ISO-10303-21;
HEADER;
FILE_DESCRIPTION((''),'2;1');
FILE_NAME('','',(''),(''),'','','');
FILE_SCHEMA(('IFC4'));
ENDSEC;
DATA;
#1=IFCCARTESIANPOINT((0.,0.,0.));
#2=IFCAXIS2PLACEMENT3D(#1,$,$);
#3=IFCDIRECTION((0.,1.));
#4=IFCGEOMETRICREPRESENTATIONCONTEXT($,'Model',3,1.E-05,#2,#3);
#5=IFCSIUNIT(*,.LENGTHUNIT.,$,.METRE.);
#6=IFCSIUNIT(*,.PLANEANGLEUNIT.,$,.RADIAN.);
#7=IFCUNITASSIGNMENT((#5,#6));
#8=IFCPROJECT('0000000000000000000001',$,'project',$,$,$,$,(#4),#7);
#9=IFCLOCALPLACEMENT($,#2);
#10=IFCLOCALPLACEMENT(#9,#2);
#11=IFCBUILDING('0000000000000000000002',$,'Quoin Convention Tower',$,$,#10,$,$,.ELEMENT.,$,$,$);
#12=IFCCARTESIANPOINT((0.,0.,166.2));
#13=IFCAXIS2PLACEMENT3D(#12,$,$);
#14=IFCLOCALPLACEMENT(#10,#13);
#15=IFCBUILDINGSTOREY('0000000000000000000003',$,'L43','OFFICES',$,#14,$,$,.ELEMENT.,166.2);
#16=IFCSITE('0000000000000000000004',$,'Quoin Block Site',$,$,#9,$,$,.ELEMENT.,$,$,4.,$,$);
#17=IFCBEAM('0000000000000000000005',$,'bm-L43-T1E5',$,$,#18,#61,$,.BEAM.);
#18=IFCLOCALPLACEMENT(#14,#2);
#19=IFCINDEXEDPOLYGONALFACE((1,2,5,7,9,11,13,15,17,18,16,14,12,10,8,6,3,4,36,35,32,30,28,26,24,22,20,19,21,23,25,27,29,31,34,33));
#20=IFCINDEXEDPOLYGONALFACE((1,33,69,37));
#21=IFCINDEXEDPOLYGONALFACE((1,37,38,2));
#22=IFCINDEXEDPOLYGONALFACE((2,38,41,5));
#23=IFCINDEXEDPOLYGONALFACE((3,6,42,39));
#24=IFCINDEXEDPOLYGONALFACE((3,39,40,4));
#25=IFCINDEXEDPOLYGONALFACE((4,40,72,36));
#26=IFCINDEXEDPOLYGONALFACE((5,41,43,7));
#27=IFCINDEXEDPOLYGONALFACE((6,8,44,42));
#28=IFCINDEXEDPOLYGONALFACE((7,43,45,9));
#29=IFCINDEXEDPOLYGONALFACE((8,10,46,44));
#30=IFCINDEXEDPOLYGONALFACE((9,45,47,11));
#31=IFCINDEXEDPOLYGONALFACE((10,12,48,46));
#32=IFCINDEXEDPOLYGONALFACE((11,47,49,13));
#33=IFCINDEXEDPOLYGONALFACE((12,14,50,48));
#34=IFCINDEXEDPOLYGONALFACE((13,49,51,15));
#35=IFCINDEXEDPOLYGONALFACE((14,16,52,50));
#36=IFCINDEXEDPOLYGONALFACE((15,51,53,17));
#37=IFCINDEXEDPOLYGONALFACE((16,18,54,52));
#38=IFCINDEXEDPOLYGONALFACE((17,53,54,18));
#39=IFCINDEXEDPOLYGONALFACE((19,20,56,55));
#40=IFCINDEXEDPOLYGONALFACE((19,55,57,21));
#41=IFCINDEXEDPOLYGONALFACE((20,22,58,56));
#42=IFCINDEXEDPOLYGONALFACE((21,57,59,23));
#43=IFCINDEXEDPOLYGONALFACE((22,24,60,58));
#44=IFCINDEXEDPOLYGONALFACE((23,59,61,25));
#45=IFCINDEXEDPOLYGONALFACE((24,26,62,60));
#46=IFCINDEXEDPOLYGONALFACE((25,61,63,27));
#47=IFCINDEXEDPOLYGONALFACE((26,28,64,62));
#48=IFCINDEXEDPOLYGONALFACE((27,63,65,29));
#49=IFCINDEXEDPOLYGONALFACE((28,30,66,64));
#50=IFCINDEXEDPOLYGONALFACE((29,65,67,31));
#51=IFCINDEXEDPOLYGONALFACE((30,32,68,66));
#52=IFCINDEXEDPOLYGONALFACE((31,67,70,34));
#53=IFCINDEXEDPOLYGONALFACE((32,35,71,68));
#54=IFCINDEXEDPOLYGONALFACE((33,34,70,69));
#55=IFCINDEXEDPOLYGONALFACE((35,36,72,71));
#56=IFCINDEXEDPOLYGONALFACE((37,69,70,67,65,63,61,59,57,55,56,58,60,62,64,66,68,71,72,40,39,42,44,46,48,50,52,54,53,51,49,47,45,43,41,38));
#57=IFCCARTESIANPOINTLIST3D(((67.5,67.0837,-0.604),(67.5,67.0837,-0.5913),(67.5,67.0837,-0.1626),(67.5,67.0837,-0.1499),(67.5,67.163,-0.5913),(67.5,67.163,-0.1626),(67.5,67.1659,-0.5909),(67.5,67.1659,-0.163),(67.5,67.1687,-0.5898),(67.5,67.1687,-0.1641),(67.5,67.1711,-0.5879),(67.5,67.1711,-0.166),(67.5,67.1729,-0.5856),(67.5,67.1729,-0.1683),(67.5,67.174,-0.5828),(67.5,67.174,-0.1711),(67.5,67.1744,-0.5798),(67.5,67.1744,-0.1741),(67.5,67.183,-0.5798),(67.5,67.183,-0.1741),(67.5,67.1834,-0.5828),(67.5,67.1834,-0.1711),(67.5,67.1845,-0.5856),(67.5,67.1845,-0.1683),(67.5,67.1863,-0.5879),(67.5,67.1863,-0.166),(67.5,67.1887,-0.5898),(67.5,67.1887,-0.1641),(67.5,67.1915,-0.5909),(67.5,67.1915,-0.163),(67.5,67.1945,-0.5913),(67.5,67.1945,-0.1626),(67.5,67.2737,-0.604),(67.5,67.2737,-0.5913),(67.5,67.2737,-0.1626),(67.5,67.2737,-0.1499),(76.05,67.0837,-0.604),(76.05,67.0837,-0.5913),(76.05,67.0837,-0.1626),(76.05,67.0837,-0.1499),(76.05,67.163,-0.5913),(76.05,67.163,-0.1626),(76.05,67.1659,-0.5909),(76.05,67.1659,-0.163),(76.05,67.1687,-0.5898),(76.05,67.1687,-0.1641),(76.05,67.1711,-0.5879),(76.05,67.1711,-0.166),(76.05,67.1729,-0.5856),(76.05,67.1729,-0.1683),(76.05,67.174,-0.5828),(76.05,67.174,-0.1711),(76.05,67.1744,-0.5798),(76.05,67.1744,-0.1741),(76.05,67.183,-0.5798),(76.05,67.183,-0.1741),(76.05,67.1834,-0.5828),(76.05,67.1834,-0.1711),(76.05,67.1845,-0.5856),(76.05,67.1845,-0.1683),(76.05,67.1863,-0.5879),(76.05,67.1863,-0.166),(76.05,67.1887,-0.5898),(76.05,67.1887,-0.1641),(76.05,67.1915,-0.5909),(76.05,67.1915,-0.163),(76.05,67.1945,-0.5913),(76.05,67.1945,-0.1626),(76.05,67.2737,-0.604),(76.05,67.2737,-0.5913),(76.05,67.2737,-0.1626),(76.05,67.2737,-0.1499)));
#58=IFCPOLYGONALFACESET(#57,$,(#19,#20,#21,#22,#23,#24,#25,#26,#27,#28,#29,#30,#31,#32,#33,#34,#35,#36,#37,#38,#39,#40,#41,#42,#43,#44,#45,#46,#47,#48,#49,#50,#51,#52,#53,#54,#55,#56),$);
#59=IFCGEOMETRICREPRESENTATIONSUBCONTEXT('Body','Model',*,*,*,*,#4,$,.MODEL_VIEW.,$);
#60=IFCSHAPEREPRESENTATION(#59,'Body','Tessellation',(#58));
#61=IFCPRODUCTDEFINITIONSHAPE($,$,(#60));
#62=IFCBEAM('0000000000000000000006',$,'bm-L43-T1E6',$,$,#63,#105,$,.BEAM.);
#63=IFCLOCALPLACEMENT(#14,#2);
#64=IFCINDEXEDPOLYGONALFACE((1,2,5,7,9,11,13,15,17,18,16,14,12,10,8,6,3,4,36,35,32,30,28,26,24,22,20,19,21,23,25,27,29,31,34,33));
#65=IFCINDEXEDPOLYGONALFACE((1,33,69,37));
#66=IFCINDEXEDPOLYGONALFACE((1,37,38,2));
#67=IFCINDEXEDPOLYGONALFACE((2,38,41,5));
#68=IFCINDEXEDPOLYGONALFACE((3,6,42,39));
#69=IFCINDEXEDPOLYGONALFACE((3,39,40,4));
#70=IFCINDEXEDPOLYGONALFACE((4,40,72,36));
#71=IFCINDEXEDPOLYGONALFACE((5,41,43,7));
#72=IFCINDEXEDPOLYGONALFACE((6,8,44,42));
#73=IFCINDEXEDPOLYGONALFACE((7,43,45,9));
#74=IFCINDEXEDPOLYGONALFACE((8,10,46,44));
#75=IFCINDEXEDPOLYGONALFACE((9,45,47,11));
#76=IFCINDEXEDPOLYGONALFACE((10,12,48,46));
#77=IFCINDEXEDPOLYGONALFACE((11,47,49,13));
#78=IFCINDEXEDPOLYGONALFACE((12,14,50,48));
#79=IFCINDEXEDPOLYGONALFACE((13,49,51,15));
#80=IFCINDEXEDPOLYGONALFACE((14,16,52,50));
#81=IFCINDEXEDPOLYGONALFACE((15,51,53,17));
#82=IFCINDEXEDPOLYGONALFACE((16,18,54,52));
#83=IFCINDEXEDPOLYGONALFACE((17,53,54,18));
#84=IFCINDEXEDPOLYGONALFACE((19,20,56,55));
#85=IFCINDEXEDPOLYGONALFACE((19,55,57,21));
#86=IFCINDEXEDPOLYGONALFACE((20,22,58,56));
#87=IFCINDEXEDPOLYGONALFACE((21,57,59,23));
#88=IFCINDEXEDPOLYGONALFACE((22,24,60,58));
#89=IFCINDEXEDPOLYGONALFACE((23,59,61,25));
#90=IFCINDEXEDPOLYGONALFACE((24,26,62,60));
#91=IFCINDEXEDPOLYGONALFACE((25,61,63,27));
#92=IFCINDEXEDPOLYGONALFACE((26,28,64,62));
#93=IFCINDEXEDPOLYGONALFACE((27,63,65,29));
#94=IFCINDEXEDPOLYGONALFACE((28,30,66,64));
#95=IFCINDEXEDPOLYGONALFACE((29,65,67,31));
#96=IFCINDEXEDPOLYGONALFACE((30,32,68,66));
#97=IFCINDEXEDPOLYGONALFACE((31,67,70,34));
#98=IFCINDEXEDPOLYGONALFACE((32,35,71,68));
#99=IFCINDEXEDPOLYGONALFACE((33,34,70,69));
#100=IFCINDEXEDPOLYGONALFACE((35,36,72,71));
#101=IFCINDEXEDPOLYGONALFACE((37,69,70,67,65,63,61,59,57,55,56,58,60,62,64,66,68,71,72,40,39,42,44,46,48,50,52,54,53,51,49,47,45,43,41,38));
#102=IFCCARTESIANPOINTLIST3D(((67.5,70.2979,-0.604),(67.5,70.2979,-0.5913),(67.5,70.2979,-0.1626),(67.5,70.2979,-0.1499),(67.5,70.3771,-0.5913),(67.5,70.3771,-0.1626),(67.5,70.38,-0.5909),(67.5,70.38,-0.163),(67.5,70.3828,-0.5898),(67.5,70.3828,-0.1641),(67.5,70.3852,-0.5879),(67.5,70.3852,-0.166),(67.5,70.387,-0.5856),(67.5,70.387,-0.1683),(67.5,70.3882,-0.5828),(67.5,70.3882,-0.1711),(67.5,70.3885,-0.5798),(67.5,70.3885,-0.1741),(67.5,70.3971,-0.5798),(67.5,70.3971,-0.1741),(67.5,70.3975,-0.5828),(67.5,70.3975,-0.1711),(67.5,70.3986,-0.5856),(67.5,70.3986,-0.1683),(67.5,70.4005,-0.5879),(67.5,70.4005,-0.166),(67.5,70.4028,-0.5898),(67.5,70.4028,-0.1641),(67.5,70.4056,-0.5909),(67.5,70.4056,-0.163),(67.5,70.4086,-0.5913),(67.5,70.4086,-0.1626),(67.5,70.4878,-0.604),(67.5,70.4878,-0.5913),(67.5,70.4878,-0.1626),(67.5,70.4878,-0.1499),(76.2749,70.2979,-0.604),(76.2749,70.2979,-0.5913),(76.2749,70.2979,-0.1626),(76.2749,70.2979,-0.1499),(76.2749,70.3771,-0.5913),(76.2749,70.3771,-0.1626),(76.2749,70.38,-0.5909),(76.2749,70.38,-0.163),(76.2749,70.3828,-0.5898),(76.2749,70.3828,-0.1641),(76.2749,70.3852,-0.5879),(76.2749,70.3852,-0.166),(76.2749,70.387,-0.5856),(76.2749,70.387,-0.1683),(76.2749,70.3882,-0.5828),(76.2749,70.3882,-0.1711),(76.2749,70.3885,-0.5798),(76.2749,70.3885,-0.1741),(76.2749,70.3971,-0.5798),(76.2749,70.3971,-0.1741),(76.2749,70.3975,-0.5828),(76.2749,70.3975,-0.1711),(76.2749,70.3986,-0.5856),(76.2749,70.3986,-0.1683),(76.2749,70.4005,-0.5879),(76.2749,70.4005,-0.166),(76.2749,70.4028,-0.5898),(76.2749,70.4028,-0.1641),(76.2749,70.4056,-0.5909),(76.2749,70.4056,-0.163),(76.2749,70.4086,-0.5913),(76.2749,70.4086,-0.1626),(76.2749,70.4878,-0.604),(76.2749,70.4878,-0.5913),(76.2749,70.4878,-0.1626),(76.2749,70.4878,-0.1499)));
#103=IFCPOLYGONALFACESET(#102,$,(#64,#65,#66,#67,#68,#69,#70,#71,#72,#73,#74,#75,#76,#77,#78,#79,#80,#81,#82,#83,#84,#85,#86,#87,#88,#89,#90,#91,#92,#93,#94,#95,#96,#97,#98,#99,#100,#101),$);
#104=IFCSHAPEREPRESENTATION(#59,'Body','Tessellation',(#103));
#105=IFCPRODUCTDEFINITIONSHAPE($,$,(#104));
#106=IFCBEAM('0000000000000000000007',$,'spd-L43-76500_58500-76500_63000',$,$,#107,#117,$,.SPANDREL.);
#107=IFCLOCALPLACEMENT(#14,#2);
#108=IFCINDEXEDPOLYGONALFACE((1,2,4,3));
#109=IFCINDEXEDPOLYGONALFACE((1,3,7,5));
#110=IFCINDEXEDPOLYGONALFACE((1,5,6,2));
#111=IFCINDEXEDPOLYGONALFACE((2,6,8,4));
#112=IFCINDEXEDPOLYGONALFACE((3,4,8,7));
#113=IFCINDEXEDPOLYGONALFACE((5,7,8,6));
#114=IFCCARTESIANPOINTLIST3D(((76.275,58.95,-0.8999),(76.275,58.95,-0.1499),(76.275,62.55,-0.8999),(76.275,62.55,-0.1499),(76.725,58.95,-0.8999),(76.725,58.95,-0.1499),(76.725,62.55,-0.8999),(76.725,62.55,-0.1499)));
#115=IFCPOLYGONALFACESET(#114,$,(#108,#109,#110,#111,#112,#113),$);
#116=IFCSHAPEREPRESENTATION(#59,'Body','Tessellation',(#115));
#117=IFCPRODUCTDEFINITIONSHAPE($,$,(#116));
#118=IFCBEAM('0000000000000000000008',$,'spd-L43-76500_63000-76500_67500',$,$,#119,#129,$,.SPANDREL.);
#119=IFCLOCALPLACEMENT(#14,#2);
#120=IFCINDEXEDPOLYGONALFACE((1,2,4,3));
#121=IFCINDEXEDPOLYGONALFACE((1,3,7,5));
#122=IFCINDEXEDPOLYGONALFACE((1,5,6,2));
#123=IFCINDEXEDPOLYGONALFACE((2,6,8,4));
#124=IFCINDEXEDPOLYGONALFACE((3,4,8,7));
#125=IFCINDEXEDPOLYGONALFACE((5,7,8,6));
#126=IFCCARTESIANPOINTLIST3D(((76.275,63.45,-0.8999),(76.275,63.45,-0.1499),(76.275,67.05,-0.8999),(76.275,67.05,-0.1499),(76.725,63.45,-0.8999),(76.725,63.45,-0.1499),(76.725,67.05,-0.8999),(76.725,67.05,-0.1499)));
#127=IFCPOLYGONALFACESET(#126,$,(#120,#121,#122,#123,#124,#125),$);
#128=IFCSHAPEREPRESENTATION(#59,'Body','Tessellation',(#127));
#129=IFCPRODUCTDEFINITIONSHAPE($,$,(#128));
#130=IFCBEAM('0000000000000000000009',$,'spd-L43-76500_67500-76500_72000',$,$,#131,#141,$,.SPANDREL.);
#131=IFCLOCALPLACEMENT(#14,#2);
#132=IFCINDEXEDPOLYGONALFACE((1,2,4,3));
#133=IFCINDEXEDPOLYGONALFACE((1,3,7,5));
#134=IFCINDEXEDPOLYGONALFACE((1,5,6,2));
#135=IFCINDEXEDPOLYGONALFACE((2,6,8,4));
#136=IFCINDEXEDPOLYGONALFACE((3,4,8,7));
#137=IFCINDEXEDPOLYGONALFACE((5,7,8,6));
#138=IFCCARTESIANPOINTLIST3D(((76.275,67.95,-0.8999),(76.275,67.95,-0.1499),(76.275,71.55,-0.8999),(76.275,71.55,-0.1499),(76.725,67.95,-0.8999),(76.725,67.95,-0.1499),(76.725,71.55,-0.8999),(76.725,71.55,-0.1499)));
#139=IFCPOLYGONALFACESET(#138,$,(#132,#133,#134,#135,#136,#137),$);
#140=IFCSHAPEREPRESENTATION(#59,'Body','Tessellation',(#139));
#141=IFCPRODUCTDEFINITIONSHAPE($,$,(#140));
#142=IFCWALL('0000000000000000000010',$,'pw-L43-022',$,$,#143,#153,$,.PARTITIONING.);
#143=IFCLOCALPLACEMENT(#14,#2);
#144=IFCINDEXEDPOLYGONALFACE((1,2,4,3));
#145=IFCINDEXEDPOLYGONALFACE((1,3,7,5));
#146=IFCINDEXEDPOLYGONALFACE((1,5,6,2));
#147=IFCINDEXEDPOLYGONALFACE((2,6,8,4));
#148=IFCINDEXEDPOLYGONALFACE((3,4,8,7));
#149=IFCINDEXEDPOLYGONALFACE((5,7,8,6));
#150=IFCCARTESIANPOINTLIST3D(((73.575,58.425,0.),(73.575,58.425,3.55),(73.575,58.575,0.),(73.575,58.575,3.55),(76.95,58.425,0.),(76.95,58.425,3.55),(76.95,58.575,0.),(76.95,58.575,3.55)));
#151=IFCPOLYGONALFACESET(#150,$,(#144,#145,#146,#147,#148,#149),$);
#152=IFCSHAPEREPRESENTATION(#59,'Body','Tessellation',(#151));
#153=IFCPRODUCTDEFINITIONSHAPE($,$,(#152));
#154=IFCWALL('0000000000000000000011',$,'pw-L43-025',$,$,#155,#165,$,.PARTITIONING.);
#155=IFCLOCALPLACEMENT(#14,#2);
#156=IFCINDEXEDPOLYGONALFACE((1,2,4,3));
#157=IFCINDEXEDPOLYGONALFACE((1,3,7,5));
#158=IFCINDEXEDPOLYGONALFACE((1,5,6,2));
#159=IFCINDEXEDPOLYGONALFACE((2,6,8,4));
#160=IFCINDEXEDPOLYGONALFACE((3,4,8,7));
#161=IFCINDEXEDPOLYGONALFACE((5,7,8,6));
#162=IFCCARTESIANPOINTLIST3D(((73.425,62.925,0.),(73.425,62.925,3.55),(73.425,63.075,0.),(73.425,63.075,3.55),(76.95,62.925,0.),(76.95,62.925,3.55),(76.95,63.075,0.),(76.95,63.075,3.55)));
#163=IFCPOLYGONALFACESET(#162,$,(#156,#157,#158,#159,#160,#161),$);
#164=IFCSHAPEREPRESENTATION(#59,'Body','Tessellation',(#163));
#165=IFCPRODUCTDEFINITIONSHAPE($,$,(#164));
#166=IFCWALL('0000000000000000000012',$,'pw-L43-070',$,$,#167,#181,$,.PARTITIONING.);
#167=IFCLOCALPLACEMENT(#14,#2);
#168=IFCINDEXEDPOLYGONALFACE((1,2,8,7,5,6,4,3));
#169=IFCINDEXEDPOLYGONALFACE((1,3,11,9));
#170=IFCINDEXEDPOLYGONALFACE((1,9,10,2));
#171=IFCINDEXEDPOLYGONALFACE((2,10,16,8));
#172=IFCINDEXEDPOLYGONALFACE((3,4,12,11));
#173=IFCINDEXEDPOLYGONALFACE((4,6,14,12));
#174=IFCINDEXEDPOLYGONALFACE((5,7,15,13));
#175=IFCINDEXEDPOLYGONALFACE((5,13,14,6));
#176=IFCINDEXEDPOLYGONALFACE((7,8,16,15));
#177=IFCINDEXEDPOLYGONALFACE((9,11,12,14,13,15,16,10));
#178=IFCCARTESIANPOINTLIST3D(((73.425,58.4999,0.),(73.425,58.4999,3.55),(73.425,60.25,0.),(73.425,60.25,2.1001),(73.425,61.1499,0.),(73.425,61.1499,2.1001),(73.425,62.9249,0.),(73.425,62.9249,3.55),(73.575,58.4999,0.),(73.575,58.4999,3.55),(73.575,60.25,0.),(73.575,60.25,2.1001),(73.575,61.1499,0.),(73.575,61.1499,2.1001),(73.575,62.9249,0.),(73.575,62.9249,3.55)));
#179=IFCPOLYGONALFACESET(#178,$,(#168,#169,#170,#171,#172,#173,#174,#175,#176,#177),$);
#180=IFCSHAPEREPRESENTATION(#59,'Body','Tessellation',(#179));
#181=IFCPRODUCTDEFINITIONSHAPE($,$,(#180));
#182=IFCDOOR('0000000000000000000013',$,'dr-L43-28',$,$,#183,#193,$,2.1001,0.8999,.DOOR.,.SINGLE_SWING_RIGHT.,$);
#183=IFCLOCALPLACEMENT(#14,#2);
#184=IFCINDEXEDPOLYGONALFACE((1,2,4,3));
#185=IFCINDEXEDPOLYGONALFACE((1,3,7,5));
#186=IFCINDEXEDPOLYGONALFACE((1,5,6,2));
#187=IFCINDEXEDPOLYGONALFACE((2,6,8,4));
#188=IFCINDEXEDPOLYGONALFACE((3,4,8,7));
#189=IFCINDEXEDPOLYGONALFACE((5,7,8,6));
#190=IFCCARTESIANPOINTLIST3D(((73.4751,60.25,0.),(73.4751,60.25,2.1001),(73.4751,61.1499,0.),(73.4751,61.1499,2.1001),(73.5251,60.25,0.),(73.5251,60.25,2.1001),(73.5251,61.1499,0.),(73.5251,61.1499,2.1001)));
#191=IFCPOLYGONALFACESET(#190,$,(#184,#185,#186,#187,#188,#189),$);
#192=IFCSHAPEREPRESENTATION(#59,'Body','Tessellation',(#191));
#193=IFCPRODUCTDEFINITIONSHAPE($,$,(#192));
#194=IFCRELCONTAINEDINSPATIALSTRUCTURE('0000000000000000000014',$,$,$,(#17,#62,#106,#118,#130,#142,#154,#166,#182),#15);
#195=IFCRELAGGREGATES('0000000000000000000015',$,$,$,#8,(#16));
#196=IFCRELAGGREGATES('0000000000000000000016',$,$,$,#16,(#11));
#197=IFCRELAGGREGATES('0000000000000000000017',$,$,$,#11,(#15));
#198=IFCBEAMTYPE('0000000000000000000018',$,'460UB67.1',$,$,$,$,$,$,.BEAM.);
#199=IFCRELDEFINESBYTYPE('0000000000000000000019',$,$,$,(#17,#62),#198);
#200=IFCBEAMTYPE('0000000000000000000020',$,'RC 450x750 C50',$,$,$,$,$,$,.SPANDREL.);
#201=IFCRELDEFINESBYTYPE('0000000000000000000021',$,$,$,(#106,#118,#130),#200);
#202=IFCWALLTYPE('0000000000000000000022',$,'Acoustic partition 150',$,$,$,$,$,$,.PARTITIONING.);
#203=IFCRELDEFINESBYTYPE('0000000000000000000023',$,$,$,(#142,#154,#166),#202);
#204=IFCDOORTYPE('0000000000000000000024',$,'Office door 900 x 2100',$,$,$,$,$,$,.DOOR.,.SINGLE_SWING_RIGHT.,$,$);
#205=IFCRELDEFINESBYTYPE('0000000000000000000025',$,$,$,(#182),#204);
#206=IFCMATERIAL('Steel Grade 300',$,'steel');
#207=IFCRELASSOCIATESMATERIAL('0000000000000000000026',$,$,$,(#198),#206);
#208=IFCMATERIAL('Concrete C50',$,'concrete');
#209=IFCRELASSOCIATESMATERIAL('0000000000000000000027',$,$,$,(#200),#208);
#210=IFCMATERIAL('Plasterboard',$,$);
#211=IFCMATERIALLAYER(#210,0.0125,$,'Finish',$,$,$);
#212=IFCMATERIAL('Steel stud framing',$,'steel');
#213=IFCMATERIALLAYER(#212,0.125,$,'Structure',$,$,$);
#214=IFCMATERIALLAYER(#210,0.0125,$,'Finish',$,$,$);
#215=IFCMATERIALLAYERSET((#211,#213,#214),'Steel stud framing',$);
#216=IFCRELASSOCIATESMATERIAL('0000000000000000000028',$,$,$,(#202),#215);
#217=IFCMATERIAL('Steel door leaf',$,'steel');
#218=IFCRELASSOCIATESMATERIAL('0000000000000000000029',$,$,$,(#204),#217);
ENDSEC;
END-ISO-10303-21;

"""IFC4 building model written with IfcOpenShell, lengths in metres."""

from ifc_helpers import new_model, si_unit, direction, frame, frame_2d, origin, origin_2d, place, context, subcontext, project, spatial, rectangle, i_section, extrude, material, layer, layer_set, material_profile, profile_set, type_object, element, fill, save


model = new_model("IFC4")

# Units and contexts
model_context = context("Model", 3, precision=1e-05, world=origin(), true_north=direction((0.0, 1.0)))
body_context = subcontext(model_context, "Body", "Model", "MODEL_VIEW")
ifc_project = project(units=[si_unit("LENGTHUNIT", "METRE"), si_unit("PLANEANGLEUNIT", "RADIAN")], contexts=[model_context])

# Site, building, storey
site_placement = place(None, origin())
site = spatial("IfcSite", under=ifc_project, at=site_placement, Name="Quoin Block Site", CompositionType="ELEMENT", RefElevation=4.0)
building_placement = place(site_placement, origin())
building = spatial("IfcBuilding", under=site, at=building_placement, Name="Quoin Convention Tower", CompositionType="ELEMENT")
storey_placement = place(building_placement, frame((0.0, 0.0, 166.2)))
storey = spatial("IfcBuildingStorey", under=building, at=storey_placement, Name="L43", Description="OFFICES", CompositionType="ELEMENT", Elevation=166.2)

# Shared definitions
ifc_material_1 = material(Name="Concrete C50", Category="concrete")

# Beams
ifc_material_2 = material(Name="Steel Grade 300", Category="steel")
ifc_material_profile_1 = material_profile(ifc_material_2, i_section(OverallWidth=0.1899, OverallDepth=0.4541, WebThickness=0.0085, FlangeThickness=0.0127, FilletRadius=0.0115, at=origin_2d()), Name="460UB67.1")
ifc_profile_set_1 = profile_set([ifc_material_profile_1], Name="Steel Grade 300")
beam_type_1 = type_object("IfcBeamType", Name="460UB67.1", PredefinedType="BEAM", material=ifc_profile_set_1)
beam_1_placement = place(storey_placement, frame((67.5, 67.1787, -0.377), z_axis=(1.0, 0.0, 0.0), x_axis=(0.0, 1.0, 0.0)))
element("IfcBeam", 1, at=beam_1_placement, inside=storey, type_object=beam_type_1, Name="bm-L43-T1E5", PredefinedType="BEAM", context=body_context, shape_type="SweptSolid", body=[
    extrude(i_section(OverallWidth=0.1899, OverallDepth=0.4541, WebThickness=0.0085, FlangeThickness=0.0127, FilletRadius=0.0115, at=origin_2d()), origin(), (0.0, 0.0, 1.0), 8.55),
])
beam_2_placement = place(storey_placement, frame((67.5, 70.3928, -0.377), z_axis=(1.0, 0.0, 0.0), x_axis=(0.0, 1.0, 0.0)))
element("IfcBeam", 2, at=beam_2_placement, inside=storey, type_object=beam_type_1, Name="bm-L43-T1E6", PredefinedType="BEAM", context=body_context, shape_type="SweptSolid", body=[
    extrude(i_section(OverallWidth=0.1899, OverallDepth=0.4541, WebThickness=0.0085, FlangeThickness=0.0127, FilletRadius=0.0115, at=origin_2d()), origin(), (0.0, 0.0, 1.0), 8.7749),
])
ifc_material_profile_2 = material_profile(ifc_material_1, rectangle(XDim=0.45, YDim=0.75, at=origin_2d()), Name="RC 450x750")
ifc_profile_set_2 = profile_set([ifc_material_profile_2], Name="Concrete C50")
beam_type_2 = type_object("IfcBeamType", Name="RC 450x750 C50", PredefinedType="SPANDREL", material=ifc_profile_set_2)
for number, where, z_axis, x_axis, name in (
    (3, (76.5, 58.95, -0.5249), (0.0, 1.0, 0.0), (-1.0, 0.0, 0.0), "spd-L43-76500_58500-76500_63000"),
    (4, (76.5, 63.45, -0.5249), (0.0, 1.0, 0.0), (-1.0, 0.0, 0.0), "spd-L43-76500_63000-76500_67500"),
    (5, (76.5, 67.95, -0.5249), (0.0, 1.0, 0.0), (-1.0, 0.0, 0.0), "spd-L43-76500_67500-76500_72000"),
):
    element("IfcBeam", number, at=place(storey_placement, frame(where, z_axis=z_axis, x_axis=x_axis)), inside=storey, type_object=beam_type_2, Name=name, PredefinedType="SPANDREL", context=body_context, shape_type="SweptSolid", body=[
        extrude(rectangle(XDim=0.45, YDim=0.75, at=origin_2d()), origin(), (0.0, 0.0, 1.0), 3.6001),
    ])

# Walls
ifc_material_3 = material(Name="Plasterboard")
ifc_layer_1 = layer(ifc_material_3, 0.0125, Name="Finish")
ifc_material_4 = material(Name="Steel stud framing", Category="steel")
ifc_layer_2 = layer(ifc_material_4, 0.125, Name="Structure")
ifc_layer_3 = layer(ifc_material_3, 0.0125, Name="Finish")
ifc_layer_set_1 = layer_set([ifc_layer_1, ifc_layer_2, ifc_layer_3], Name="Steel stud framing")
wall_type_1 = type_object("IfcWallType", Name="Acoustic partition 150", PredefinedType="PARTITIONING", material=ifc_layer_set_1)
wall_1_placement = place(storey_placement, frame((73.575, 58.5, 0.0), z_axis=(0.0, 0.0, 1.0), x_axis=(1.0, 0.0, 0.0)))
element("IfcWall", 6, at=wall_1_placement, inside=storey, type_object=wall_type_1, Name="pw-L43-022", PredefinedType="PARTITIONING", context=body_context, shape_type="SweptSolid", body=[
    extrude(rectangle(XDim=3.375, YDim=0.1499, at=frame_2d((1.6875, 0.0))), origin(), (0.0, 0.0, 1.0), 3.55),
])
wall_2_placement = place(storey_placement, frame((73.425, 63.0, 0.0), z_axis=(0.0, 0.0, 1.0), x_axis=(1.0, 0.0, 0.0)))
element("IfcWall", 7, at=wall_2_placement, inside=storey, type_object=wall_type_1, Name="pw-L43-025", PredefinedType="PARTITIONING", context=body_context, shape_type="SweptSolid", body=[
    extrude(rectangle(XDim=3.5249, YDim=0.1499, at=frame_2d((1.7625, 0.0))), origin(), (0.0, 0.0, 1.0), 3.55),
])

# Wall, opening, door
wall_3_placement = place(storey_placement, frame((73.5, 58.5, 0.0), z_axis=(0.0, 0.0, 1.0), x_axis=(0.0, 1.0, 0.0)))
wall_3 = element("IfcWall", 8, at=wall_3_placement, inside=storey, type_object=wall_type_1, Name="pw-L43-070", PredefinedType="PARTITIONING", context=body_context, shape_type="SweptSolid", body=[
    extrude(rectangle(XDim=4.425, YDim=0.1499, at=frame_2d((2.2124, 0.0))), origin(), (0.0, 0.0, 1.0), 3.55),
])
opening_1_placement = place(wall_3_placement, frame((1.75, 0.0, 0.0)))
opening_1 = element("IfcOpeningElement", 9, at=opening_1_placement, cuts=wall_3, PredefinedType="OPENING", context=body_context, shape_type="SweptSolid", body=[
    extrude(rectangle(XDim=0.8999, YDim=2.1001, at=frame_2d((0.45, 1.05))), frame((0.0, 0.085, 0.0), z_axis=(0.0, -1.0, 0.0), x_axis=(1.0, 0.0, 0.0)), (0.0, 0.0, 1.0), 0.1699),
])
ifc_material_5 = material(Name="Steel door leaf", Category="steel")
door_type_1 = type_object("IfcDoorType", Name="Office door 900 x 2100", OperationType="SINGLE_SWING_RIGHT", PredefinedType="DOOR", material=ifc_material_5)
door_1_placement = place(opening_1_placement, origin())
door_1 = element("IfcDoor", 10, at=door_1_placement, inside=storey, type_object=door_type_1, Name="dr-L43-28", OperationType="SINGLE_SWING_RIGHT", OverallHeight=2.1001, OverallWidth=0.8999, PredefinedType="DOOR", context=body_context, shape_type="SweptSolid", body=[
    extrude(rectangle(XDim=0.8999, YDim=2.1001, at=frame_2d((0.45, 1.05))), frame((0.0, 0.0249, 0.0), z_axis=(0.0, -1.0, 0.0), x_axis=(1.0, 0.0, 0.0)), (0.0, 0.0, 1.0), 0.05),
])
fill(opening_1, door_1)

save(model, "model.ifc")
